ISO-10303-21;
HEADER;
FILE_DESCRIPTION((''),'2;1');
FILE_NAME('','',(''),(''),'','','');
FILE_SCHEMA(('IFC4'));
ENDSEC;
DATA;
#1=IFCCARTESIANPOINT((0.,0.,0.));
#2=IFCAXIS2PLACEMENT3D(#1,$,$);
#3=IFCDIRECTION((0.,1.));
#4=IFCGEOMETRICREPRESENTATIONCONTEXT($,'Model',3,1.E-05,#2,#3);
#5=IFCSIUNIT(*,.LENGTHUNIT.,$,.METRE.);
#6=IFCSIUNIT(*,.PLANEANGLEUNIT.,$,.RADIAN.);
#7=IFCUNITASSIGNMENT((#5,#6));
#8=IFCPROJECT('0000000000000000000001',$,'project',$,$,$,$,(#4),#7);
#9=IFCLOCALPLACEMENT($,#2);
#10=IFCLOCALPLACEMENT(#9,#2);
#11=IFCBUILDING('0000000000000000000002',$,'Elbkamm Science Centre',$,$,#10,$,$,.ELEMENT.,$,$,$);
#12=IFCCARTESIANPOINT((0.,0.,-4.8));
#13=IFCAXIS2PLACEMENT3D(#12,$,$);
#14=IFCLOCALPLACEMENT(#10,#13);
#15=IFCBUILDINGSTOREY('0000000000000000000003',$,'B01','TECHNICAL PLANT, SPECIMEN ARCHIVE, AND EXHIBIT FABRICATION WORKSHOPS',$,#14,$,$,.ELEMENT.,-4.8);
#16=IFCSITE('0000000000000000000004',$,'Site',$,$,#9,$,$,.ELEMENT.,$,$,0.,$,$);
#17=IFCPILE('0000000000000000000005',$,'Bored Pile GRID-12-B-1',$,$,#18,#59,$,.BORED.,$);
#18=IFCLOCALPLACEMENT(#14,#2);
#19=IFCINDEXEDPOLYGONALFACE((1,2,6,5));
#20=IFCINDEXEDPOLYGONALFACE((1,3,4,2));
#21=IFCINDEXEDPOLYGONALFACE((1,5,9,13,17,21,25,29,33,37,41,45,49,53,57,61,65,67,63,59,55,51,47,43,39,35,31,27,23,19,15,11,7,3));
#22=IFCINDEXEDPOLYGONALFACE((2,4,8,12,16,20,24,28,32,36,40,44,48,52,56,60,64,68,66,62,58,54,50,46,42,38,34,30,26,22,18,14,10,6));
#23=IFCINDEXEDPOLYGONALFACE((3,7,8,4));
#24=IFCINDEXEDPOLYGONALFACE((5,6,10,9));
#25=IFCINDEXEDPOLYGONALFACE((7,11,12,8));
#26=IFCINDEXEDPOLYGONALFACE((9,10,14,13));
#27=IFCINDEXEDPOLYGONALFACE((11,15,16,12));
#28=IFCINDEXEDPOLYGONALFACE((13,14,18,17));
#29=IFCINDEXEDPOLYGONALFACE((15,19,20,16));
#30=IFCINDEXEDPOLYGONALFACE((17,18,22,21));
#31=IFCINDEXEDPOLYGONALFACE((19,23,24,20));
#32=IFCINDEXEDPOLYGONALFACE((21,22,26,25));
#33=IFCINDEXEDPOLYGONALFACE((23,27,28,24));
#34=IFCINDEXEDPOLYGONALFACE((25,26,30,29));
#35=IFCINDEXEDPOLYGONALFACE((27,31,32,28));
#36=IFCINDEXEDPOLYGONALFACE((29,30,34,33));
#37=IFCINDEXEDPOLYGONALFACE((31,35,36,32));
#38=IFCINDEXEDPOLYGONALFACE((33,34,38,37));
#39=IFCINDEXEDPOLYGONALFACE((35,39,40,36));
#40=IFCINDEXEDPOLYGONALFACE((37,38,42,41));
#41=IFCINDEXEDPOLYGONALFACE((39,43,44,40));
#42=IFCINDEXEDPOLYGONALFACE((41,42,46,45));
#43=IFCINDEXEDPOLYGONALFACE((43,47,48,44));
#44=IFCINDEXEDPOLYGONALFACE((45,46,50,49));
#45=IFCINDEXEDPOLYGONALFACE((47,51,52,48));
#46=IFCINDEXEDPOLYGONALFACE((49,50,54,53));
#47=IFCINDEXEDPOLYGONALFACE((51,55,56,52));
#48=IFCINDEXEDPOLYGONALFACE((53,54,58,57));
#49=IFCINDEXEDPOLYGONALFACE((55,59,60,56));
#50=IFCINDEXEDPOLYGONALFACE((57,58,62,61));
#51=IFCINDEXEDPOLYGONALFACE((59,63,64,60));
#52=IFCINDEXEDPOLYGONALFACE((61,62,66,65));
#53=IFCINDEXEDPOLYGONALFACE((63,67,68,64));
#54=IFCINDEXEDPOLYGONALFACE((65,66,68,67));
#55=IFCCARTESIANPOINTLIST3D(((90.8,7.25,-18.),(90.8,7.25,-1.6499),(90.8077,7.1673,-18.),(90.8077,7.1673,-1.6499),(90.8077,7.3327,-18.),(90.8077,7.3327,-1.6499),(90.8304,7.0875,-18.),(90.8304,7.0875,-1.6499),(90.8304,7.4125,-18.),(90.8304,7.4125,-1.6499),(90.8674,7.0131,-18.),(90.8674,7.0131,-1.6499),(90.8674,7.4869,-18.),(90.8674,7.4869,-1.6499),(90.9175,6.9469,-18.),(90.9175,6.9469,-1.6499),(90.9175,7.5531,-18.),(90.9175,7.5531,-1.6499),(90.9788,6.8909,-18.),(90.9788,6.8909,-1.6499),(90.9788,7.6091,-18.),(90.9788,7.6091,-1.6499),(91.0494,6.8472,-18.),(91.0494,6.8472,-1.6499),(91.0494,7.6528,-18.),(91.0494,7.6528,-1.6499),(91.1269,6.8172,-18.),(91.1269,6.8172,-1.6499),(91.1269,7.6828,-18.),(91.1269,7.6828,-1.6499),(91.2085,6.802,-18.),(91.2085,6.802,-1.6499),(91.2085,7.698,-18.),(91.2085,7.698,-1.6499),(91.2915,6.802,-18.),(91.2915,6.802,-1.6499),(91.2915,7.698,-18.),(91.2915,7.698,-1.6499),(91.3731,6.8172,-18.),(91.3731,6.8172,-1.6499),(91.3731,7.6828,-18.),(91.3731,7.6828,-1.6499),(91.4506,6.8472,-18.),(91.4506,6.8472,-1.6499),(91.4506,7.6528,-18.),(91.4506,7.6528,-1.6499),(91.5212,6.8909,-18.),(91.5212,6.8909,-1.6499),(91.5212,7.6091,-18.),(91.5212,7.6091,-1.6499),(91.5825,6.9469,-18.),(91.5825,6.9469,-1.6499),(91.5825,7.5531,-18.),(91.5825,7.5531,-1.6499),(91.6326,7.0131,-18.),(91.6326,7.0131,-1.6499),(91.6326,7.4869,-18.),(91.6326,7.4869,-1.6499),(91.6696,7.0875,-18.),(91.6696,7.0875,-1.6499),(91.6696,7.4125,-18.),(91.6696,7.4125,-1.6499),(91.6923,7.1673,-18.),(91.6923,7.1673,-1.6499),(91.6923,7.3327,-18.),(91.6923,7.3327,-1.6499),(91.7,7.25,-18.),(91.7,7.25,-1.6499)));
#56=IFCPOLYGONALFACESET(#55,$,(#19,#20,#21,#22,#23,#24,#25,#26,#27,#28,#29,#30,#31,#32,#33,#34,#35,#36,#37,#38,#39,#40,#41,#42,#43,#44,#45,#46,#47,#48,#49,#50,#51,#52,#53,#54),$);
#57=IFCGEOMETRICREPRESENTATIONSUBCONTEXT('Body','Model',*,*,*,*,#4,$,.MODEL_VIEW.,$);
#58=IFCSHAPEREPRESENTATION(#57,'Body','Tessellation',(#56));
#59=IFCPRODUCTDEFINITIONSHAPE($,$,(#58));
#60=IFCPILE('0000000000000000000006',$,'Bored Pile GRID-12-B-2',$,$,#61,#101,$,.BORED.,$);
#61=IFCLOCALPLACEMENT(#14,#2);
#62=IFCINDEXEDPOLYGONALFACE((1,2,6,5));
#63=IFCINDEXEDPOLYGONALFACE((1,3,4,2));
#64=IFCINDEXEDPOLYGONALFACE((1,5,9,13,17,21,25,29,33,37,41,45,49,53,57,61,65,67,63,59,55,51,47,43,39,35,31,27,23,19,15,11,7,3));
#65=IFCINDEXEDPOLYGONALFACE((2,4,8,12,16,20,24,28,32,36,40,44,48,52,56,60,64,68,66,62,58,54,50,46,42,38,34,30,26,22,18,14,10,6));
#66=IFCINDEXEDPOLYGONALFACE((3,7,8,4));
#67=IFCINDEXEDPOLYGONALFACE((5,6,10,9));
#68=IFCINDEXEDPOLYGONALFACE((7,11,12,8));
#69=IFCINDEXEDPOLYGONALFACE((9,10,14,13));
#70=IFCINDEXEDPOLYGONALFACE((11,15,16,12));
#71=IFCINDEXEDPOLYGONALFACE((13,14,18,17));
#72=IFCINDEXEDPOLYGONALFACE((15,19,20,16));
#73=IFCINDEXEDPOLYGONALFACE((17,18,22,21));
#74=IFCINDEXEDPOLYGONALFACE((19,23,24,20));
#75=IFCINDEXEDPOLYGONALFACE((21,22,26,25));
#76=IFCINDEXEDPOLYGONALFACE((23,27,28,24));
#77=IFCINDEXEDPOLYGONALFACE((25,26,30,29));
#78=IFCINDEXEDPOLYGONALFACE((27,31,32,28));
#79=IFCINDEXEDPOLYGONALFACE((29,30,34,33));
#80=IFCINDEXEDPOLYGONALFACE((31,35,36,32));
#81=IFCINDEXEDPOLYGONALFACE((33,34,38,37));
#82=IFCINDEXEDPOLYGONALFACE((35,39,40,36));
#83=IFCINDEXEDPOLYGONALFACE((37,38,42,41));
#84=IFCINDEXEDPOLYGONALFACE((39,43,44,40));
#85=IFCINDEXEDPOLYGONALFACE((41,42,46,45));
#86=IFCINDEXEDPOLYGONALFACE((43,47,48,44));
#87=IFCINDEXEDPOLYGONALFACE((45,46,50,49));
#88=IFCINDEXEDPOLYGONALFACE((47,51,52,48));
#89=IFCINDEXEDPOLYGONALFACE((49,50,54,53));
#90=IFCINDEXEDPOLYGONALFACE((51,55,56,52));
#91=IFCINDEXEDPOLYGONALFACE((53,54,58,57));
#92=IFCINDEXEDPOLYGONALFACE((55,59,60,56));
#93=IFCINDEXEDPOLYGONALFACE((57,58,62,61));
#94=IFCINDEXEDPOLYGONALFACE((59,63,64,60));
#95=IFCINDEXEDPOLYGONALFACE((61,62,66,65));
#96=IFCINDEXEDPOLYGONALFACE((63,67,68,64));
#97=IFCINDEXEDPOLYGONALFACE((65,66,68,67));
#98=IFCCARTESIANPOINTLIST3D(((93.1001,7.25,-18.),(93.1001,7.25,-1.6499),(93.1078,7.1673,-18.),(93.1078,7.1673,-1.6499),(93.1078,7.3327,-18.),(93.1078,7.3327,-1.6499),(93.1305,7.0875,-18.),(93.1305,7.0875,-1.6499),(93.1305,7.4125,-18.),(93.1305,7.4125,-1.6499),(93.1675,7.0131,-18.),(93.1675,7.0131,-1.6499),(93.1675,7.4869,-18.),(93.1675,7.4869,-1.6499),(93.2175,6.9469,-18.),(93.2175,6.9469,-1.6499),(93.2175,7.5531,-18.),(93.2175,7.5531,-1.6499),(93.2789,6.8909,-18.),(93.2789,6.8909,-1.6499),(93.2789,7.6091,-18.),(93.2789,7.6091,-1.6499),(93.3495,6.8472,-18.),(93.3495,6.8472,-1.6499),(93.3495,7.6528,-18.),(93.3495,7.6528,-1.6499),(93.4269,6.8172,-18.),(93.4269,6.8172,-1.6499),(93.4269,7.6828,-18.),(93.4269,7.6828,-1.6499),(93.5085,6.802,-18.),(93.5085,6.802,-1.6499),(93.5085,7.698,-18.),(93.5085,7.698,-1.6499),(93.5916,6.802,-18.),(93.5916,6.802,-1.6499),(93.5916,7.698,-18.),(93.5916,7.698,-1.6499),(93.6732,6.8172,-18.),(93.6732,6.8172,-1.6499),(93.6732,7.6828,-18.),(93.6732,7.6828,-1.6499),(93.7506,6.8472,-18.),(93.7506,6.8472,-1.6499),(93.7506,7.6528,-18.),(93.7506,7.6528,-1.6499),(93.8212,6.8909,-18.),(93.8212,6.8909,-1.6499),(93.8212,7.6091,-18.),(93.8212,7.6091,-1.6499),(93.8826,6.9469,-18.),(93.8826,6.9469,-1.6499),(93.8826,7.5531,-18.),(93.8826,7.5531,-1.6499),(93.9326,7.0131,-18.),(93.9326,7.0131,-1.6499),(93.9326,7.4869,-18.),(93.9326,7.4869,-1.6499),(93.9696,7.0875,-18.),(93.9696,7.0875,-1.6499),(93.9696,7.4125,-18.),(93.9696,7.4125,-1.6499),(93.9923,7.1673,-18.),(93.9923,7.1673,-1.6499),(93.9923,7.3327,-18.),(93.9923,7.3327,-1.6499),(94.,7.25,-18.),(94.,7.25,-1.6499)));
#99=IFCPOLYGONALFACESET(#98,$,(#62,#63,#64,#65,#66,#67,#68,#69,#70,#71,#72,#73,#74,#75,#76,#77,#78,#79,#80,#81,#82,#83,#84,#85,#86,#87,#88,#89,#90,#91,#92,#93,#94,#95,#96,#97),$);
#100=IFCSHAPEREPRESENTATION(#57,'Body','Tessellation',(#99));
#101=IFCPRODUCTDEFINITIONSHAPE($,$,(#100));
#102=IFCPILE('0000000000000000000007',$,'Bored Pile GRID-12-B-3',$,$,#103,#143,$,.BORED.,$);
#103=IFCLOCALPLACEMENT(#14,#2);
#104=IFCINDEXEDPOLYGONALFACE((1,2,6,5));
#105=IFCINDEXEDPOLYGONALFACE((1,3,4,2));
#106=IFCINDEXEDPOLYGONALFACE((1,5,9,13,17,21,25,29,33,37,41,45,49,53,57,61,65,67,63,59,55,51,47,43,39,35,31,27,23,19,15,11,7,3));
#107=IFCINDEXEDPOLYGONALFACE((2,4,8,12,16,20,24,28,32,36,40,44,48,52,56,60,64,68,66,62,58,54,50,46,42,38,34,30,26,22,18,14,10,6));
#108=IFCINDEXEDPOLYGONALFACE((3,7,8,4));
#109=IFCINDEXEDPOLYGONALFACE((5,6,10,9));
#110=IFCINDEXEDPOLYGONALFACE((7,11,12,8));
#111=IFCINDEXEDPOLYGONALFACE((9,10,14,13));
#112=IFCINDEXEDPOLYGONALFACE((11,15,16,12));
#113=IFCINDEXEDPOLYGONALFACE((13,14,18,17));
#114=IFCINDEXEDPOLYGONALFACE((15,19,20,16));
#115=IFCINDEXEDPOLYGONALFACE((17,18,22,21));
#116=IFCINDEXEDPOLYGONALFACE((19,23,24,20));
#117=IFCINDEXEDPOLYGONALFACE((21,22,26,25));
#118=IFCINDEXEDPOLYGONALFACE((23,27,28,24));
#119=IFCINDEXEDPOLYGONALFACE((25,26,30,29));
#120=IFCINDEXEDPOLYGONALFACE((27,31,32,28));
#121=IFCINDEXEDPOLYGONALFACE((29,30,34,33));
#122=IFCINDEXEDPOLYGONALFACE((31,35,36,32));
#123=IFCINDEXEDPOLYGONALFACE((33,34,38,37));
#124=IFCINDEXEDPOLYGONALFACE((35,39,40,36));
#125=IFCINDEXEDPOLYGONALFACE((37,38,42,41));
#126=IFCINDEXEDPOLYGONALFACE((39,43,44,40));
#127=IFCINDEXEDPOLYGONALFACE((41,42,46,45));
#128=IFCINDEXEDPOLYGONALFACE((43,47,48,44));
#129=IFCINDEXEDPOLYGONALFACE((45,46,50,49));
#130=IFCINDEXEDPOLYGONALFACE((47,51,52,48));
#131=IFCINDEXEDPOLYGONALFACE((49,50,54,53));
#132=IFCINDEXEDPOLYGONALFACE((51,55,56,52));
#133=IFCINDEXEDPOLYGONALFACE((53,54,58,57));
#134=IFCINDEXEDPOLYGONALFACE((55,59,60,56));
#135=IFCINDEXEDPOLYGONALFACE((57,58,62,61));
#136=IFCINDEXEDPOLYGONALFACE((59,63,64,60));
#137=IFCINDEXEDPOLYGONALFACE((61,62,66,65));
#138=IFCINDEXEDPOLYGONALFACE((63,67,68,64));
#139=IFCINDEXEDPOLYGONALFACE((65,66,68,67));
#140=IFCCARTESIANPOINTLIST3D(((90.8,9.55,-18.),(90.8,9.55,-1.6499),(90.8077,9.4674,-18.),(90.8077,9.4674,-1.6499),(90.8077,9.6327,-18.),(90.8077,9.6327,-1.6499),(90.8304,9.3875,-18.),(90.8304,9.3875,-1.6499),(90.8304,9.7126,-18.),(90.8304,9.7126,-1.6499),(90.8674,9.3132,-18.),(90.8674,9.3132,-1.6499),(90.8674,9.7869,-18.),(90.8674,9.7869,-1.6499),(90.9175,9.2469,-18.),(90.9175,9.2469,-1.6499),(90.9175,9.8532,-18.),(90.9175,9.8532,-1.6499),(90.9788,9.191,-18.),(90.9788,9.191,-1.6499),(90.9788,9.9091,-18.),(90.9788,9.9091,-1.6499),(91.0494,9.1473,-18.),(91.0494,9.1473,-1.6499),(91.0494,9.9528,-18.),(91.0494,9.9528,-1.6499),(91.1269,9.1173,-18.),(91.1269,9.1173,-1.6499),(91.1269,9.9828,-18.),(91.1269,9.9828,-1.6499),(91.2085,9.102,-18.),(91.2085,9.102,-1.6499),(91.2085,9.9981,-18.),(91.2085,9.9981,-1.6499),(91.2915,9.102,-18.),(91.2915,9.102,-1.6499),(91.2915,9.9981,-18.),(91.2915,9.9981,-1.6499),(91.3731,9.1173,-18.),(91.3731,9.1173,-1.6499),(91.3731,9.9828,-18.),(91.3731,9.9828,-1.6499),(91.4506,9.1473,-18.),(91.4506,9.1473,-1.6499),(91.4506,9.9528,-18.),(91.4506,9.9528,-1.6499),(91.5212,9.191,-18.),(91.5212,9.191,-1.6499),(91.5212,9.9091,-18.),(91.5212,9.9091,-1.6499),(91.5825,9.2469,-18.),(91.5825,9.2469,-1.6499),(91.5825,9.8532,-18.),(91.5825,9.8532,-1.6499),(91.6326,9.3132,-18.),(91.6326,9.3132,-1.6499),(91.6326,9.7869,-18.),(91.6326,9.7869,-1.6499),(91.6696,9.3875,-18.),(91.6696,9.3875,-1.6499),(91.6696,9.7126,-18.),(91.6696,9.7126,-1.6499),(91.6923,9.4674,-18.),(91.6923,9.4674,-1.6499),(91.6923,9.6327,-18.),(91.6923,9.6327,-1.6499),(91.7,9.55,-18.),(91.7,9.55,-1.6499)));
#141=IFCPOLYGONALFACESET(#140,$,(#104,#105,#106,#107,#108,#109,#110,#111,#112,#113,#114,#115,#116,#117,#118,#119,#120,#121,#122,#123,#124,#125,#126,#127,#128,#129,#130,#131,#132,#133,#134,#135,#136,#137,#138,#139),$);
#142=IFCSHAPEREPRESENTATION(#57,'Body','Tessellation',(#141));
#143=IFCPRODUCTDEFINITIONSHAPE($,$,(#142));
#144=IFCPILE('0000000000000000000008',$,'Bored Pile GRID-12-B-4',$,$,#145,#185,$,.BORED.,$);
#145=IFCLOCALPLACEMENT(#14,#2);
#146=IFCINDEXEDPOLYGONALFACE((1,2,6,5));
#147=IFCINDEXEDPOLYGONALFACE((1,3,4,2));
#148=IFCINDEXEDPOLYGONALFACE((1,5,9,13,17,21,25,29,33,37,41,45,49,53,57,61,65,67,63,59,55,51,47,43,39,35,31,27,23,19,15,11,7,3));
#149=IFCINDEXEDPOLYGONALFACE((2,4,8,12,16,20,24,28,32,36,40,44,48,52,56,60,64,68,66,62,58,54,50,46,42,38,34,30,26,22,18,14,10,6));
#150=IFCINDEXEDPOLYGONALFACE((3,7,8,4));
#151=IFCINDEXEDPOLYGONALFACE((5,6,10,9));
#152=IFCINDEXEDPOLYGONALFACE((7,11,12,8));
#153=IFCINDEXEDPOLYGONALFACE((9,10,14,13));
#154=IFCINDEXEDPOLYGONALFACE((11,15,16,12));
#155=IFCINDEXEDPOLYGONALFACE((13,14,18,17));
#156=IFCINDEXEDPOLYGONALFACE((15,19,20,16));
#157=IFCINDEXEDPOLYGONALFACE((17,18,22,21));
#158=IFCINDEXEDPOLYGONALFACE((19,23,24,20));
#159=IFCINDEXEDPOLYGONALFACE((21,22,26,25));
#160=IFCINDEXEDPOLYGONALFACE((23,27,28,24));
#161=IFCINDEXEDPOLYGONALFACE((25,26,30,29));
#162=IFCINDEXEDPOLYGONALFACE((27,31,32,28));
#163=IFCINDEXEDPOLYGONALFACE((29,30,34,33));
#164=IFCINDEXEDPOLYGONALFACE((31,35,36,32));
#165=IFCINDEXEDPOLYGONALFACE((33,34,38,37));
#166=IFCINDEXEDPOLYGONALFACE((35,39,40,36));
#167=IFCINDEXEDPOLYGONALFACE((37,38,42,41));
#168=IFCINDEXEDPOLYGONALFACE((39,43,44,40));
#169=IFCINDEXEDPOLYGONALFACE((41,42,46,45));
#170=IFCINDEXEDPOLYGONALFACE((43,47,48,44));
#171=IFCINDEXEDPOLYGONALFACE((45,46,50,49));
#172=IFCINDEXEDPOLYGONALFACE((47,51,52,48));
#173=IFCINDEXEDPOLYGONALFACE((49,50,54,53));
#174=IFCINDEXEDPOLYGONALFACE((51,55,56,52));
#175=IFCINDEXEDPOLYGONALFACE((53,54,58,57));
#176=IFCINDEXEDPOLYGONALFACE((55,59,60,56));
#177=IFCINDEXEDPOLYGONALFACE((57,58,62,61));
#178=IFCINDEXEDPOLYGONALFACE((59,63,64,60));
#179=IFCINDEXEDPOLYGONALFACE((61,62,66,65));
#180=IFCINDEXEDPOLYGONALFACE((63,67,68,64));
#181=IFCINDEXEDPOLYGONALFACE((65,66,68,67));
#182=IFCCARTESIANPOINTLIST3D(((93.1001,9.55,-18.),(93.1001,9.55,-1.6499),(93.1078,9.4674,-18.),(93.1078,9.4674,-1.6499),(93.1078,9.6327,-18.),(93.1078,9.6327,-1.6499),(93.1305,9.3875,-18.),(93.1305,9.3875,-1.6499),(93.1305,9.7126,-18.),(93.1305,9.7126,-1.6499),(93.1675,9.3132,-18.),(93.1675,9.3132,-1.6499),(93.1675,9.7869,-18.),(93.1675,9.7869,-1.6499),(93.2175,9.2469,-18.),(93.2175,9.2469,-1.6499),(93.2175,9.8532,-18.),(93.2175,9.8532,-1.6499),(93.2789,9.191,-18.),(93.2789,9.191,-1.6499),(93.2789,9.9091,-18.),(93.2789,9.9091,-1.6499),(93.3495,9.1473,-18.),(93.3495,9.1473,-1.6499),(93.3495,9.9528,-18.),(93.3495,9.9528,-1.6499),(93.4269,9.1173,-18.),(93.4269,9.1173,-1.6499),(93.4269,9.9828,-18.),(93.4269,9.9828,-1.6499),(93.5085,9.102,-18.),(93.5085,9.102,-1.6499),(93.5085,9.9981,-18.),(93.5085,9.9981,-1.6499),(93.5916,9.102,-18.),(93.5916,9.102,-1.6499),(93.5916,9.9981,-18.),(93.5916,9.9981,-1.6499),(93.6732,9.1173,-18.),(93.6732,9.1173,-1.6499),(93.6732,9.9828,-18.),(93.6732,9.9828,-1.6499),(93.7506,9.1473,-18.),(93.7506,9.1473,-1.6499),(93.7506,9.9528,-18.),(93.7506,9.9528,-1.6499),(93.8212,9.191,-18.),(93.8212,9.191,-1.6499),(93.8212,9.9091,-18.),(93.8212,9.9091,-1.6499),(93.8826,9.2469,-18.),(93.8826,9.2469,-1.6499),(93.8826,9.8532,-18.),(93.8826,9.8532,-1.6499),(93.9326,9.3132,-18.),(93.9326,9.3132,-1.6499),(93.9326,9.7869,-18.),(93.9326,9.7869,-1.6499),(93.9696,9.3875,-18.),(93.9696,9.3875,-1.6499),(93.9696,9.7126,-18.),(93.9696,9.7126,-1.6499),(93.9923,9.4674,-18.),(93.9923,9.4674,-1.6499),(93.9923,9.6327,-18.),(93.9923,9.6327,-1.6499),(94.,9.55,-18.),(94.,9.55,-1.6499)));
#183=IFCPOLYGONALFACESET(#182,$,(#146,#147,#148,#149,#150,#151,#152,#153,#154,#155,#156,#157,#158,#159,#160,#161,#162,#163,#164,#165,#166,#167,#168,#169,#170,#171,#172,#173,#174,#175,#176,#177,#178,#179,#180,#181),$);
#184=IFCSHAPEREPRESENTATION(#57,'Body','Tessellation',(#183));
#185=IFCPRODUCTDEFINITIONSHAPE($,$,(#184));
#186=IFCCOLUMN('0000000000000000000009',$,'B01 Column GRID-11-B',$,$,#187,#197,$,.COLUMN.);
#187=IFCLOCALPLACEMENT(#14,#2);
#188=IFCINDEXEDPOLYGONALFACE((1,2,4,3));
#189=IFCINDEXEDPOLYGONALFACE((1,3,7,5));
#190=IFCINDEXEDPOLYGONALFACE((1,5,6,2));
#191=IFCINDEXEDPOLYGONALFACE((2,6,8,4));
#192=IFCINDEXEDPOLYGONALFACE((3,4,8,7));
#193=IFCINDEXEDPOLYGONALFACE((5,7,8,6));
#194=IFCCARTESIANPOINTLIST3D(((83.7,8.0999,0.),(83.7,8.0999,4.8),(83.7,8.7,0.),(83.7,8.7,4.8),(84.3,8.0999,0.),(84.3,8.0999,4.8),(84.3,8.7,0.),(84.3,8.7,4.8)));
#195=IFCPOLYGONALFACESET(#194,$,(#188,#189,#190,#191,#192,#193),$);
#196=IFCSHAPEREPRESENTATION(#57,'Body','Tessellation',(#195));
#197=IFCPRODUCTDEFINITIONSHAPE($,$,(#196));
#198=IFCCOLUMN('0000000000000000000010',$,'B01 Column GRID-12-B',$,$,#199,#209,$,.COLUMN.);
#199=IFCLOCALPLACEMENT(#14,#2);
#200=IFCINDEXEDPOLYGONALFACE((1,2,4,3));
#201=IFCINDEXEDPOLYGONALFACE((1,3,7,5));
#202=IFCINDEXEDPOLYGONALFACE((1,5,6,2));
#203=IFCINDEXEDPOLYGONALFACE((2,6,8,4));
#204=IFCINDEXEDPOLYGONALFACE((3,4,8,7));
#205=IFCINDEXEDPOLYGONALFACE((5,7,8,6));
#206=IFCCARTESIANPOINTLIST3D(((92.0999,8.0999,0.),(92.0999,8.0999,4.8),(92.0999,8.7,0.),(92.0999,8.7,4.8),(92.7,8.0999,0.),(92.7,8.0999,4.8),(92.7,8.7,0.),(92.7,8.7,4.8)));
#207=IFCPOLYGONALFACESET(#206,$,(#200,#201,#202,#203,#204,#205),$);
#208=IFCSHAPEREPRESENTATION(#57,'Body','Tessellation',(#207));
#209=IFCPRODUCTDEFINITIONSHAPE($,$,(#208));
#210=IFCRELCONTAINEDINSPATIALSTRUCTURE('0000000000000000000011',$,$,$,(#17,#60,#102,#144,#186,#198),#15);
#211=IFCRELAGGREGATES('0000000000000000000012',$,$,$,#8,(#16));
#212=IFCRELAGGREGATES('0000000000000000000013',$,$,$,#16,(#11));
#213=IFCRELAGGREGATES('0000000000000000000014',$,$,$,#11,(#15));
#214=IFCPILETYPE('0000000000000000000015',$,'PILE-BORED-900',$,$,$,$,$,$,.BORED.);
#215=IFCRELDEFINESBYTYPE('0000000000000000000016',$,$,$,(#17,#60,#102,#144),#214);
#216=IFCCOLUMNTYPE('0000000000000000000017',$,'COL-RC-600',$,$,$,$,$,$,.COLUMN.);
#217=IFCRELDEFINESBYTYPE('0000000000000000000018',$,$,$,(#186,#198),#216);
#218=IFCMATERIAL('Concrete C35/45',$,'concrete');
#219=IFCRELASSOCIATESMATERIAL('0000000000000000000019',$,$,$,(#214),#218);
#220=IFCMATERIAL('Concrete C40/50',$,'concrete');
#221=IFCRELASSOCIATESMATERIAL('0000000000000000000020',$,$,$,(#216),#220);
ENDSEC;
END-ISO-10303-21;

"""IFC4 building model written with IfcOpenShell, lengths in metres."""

from ifc_helpers import new_model, si_unit, direction, frame, origin, origin_2d, place, context, subcontext, project, spatial, rectangle, circle, extrude, material, material_profile, profile_set, type_object, element, save


model = new_model("IFC4")

# Units and contexts
model_context = context("Model", 3, precision=1e-05, world=origin(), true_north=direction((0.0, 1.0)))
body_context = subcontext(model_context, "Body", "Model", "MODEL_VIEW")
ifc_project = project(units=[si_unit("LENGTHUNIT", "METRE"), si_unit("PLANEANGLEUNIT", "RADIAN")], contexts=[model_context])

# Site, building, storey
site_placement = place(None, origin())
site = spatial("IfcSite", under=ifc_project, at=site_placement, Name="Site", CompositionType="ELEMENT", RefElevation=0.0)
building_placement = place(site_placement, origin())
building = spatial("IfcBuilding", under=site, at=building_placement, Name="Elbkamm Science Centre", CompositionType="ELEMENT")
storey_placement = place(building_placement, frame((0.0, 0.0, -4.8)))
storey = spatial("IfcBuildingStorey", under=building, at=storey_placement, Name="B01", Description="TECHNICAL PLANT, SPECIMEN ARCHIVE, AND EXHIBIT FABRICATION WORKSHOPS", CompositionType="ELEMENT", Elevation=-4.8)

# Shared definitions
ifc_material_1 = material(Name="Concrete C35/45", Category="concrete")

# Piles
ifc_material_profile_1 = material_profile(ifc_material_1, circle(Radius=0.45, at=origin_2d()), Name="PILE D900")
ifc_profile_set_1 = profile_set([ifc_material_profile_1], Name="Concrete C35/45")
pile_type = type_object("IfcPileType", Name="PILE-BORED-900", PredefinedType="BORED", material=ifc_profile_set_1)
for number, where, z_axis, x_axis, name in (
    (1, (91.25, 7.25, -1.6499), (0.0, 0.0, -1.0), (1.0, 0.0, 0.0), "Bored Pile GRID-12-B-1"),
    (2, (93.55, 7.25, -1.6499), (0.0, 0.0, -1.0), (1.0, 0.0, 0.0), "Bored Pile GRID-12-B-2"),
    (3, (91.25, 9.55, -1.6499), (0.0, 0.0, -1.0), (1.0, 0.0, 0.0), "Bored Pile GRID-12-B-3"),
    (4, (93.55, 9.55, -1.6499), (0.0, 0.0, -1.0), (1.0, 0.0, 0.0), "Bored Pile GRID-12-B-4"),
):
    element("IfcPile", number, at=place(storey_placement, frame(where, z_axis=z_axis, x_axis=x_axis)), inside=storey, type_object=pile_type, Name=name, PredefinedType="BORED", context=body_context, shape_type="SweptSolid", body=[
        extrude(circle(Radius=0.45, at=origin_2d()), origin(), (0.0, 0.0, 1.0), 16.3501),
    ])

# Columns
ifc_material_2 = material(Name="Concrete C40/50", Category="concrete")
ifc_material_profile_2 = material_profile(ifc_material_2, rectangle(XDim=0.6001, YDim=0.6001, at=origin_2d()), Name="RC 600x600")
ifc_profile_set_2 = profile_set([ifc_material_profile_2], Name="Concrete C40/50")
column_type_1 = type_object("IfcColumnType", Name="COL-RC-600", PredefinedType="COLUMN", material=ifc_profile_set_2)
for number, where, z_axis, x_axis, name in (
    (5, (84.0, 8.3999, 0.0), (0.0, 0.0, 1.0), (1.0, 0.0, 0.0), "B01 Column GRID-11-B"),
    (6, (92.3999, 8.3999, 0.0), (0.0, 0.0, 1.0), (1.0, 0.0, 0.0), "B01 Column GRID-12-B"),
):
    element("IfcColumn", number, at=place(storey_placement, frame(where, z_axis=z_axis, x_axis=x_axis)), inside=storey, type_object=column_type_1, Name=name, PredefinedType="COLUMN", context=body_context, shape_type="SweptSolid", body=[
        extrude(rectangle(XDim=0.6001, YDim=0.6001, at=origin_2d()), origin(), (0.0, 0.0, 1.0), 4.8),
    ])

save(model, "model.ifc")
